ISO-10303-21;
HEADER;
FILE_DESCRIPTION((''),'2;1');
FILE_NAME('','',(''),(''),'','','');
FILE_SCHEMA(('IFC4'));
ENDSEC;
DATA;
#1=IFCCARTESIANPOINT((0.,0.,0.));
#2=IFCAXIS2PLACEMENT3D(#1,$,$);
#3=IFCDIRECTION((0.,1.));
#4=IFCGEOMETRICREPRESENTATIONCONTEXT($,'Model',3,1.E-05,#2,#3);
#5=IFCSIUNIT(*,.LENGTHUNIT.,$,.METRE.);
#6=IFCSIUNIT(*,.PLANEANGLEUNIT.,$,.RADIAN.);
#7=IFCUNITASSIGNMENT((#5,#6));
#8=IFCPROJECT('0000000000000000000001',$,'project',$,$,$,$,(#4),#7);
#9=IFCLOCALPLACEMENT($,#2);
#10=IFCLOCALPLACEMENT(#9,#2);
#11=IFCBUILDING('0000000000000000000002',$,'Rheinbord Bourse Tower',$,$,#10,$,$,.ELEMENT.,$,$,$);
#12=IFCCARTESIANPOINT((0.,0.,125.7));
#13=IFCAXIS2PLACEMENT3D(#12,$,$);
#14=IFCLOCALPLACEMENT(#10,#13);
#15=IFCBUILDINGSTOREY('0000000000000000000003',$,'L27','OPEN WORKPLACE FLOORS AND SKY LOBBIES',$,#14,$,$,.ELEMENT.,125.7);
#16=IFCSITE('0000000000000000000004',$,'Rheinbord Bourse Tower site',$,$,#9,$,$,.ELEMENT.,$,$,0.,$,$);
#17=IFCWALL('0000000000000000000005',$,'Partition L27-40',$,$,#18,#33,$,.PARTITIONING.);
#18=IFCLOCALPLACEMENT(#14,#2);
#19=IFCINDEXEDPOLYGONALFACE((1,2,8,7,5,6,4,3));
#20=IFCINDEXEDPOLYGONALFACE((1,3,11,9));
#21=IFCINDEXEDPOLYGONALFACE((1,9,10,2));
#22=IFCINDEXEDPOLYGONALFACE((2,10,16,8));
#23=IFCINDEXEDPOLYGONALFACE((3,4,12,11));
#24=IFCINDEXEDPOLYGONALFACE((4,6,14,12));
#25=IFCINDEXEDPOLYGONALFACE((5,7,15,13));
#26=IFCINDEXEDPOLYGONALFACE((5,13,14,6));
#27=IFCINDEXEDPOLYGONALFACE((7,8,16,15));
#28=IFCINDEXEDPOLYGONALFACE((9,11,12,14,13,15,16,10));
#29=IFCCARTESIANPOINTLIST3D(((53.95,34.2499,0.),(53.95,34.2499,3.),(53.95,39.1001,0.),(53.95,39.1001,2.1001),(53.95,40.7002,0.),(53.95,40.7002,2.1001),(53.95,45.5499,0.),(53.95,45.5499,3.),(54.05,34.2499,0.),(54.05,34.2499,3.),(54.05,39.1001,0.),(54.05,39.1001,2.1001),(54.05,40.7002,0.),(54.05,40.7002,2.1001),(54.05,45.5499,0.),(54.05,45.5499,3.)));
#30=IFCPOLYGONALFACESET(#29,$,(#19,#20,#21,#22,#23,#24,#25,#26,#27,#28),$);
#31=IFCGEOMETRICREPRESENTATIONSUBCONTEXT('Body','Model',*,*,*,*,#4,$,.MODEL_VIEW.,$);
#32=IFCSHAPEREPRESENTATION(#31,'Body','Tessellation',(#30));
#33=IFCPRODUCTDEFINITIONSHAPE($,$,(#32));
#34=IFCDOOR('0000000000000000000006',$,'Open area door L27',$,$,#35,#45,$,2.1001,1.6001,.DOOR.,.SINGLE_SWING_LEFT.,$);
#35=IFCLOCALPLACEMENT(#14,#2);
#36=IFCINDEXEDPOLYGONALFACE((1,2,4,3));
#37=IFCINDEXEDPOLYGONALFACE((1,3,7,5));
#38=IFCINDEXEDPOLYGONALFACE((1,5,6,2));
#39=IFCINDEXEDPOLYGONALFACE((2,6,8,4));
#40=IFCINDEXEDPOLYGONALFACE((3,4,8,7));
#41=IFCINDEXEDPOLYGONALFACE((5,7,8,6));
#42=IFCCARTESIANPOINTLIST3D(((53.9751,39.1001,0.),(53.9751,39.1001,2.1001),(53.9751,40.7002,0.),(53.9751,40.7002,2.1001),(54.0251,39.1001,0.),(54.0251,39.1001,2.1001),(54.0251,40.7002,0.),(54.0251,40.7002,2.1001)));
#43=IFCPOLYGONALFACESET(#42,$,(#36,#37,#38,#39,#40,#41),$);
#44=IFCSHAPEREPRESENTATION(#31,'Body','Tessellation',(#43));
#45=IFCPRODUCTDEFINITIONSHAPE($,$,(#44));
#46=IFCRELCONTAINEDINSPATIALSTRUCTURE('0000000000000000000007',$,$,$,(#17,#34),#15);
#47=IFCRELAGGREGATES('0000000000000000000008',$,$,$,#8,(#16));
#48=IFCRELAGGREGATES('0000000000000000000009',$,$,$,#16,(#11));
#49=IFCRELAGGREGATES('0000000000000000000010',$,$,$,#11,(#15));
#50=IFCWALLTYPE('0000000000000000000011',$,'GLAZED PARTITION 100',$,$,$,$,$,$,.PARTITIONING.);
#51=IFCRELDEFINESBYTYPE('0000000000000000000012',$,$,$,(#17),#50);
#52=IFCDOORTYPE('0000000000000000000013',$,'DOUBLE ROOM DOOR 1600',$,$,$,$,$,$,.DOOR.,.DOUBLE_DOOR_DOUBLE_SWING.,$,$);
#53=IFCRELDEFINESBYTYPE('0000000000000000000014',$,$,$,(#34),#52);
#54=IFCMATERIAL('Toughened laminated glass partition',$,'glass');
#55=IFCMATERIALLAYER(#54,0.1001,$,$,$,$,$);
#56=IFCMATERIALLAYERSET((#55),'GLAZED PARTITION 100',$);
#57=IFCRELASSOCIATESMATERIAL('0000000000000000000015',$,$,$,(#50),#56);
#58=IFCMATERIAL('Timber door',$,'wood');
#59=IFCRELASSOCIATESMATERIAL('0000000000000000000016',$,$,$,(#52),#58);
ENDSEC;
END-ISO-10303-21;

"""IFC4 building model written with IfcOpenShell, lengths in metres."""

from ifc_helpers import new_model, si_unit, direction, frame, frame_2d, origin, place, context, subcontext, project, spatial, rectangle, extrude, material, layer, layer_set, type_object, element, fill, save


model = new_model("IFC4")

# Units and contexts
model_context = context("Model", 3, precision=1e-05, world=origin(), true_north=direction((0.0, 1.0)))
body_context = subcontext(model_context, "Body", "Model", "MODEL_VIEW")
ifc_project = project(units=[si_unit("LENGTHUNIT", "METRE"), si_unit("PLANEANGLEUNIT", "RADIAN")], contexts=[model_context])

# Site, building, storey
site_placement = place(None, origin())
site = spatial("IfcSite", under=ifc_project, at=site_placement, Name="Rheinbord Bourse Tower site", CompositionType="ELEMENT", RefElevation=0.0)
building_placement = place(site_placement, origin())
building = spatial("IfcBuilding", under=site, at=building_placement, Name="Rheinbord Bourse Tower", CompositionType="ELEMENT")
storey_placement = place(building_placement, frame((0.0, 0.0, 125.7)))
storey = spatial("IfcBuildingStorey", under=building, at=storey_placement, Name="L27", Description="OPEN WORKPLACE FLOORS AND SKY LOBBIES", CompositionType="ELEMENT", Elevation=125.7)

# Shared definitions
ifc_material_1 = material(Name="Toughened laminated glass partition", Category="glass")
ifc_layer_1 = layer(ifc_material_1, 0.1001)
ifc_layer_set_1 = layer_set([ifc_layer_1], Name="GLAZED PARTITION 100")
wall_type_1 = type_object("IfcWallType", Name="GLAZED PARTITION 100", PredefinedType="PARTITIONING", material=ifc_layer_set_1)

# Wall, opening, door
wall_1_placement = place(storey_placement, frame((54.0, 34.25, 0.0), z_axis=(0.0, 0.0, 1.0), x_axis=(0.0, 1.0, 0.0)))
wall_1 = element("IfcWall", 1, at=wall_1_placement, inside=storey, type_object=wall_type_1, Name="Partition L27-40", PredefinedType="PARTITIONING", context=body_context, shape_type="SweptSolid", body=[
    extrude(rectangle(XDim=11.3, YDim=0.1001, at=frame_2d((5.6499, 0.0))), origin(), (0.0, 0.0, 1.0), 3.0),
])
opening_1_placement = place(wall_1_placement, frame((4.8501, 0.0, 0.0)))
opening_1 = element("IfcOpeningElement", 2, at=opening_1_placement, cuts=wall_1, PredefinedType="OPENING", context=body_context, shape_type="SweptSolid", body=[
    extrude(rectangle(XDim=1.6001, YDim=2.1001, at=frame_2d((0.8, 1.05))), frame((0.0, 0.0601, 0.0), z_axis=(0.0, -1.0, 0.0), x_axis=(1.0, 0.0, 0.0)), (0.0, 0.0, 1.0), 0.1201),
])
ifc_material_2 = material(Name="Timber door", Category="wood")
door_type_1 = type_object("IfcDoorType", Name="DOUBLE ROOM DOOR 1600", OperationType="DOUBLE_DOOR_DOUBLE_SWING", PredefinedType="DOOR", material=ifc_material_2)
door_1_placement = place(opening_1_placement, origin())
door_1 = element("IfcDoor", 3, at=door_1_placement, inside=storey, type_object=door_type_1, Name="Open area door L27", OperationType="SINGLE_SWING_LEFT", OverallHeight=2.1001, OverallWidth=1.6001, PredefinedType="DOOR", context=body_context, shape_type="SweptSolid", body=[
    extrude(rectangle(XDim=1.6001, YDim=2.1001, at=frame_2d((0.8, 1.05))), frame((0.0, 0.0249, 0.0), z_axis=(0.0, -1.0, 0.0), x_axis=(1.0, 0.0, 0.0)), (0.0, 0.0, 1.0), 0.05),
])
fill(opening_1, door_1)

save(model, "model.ifc")
